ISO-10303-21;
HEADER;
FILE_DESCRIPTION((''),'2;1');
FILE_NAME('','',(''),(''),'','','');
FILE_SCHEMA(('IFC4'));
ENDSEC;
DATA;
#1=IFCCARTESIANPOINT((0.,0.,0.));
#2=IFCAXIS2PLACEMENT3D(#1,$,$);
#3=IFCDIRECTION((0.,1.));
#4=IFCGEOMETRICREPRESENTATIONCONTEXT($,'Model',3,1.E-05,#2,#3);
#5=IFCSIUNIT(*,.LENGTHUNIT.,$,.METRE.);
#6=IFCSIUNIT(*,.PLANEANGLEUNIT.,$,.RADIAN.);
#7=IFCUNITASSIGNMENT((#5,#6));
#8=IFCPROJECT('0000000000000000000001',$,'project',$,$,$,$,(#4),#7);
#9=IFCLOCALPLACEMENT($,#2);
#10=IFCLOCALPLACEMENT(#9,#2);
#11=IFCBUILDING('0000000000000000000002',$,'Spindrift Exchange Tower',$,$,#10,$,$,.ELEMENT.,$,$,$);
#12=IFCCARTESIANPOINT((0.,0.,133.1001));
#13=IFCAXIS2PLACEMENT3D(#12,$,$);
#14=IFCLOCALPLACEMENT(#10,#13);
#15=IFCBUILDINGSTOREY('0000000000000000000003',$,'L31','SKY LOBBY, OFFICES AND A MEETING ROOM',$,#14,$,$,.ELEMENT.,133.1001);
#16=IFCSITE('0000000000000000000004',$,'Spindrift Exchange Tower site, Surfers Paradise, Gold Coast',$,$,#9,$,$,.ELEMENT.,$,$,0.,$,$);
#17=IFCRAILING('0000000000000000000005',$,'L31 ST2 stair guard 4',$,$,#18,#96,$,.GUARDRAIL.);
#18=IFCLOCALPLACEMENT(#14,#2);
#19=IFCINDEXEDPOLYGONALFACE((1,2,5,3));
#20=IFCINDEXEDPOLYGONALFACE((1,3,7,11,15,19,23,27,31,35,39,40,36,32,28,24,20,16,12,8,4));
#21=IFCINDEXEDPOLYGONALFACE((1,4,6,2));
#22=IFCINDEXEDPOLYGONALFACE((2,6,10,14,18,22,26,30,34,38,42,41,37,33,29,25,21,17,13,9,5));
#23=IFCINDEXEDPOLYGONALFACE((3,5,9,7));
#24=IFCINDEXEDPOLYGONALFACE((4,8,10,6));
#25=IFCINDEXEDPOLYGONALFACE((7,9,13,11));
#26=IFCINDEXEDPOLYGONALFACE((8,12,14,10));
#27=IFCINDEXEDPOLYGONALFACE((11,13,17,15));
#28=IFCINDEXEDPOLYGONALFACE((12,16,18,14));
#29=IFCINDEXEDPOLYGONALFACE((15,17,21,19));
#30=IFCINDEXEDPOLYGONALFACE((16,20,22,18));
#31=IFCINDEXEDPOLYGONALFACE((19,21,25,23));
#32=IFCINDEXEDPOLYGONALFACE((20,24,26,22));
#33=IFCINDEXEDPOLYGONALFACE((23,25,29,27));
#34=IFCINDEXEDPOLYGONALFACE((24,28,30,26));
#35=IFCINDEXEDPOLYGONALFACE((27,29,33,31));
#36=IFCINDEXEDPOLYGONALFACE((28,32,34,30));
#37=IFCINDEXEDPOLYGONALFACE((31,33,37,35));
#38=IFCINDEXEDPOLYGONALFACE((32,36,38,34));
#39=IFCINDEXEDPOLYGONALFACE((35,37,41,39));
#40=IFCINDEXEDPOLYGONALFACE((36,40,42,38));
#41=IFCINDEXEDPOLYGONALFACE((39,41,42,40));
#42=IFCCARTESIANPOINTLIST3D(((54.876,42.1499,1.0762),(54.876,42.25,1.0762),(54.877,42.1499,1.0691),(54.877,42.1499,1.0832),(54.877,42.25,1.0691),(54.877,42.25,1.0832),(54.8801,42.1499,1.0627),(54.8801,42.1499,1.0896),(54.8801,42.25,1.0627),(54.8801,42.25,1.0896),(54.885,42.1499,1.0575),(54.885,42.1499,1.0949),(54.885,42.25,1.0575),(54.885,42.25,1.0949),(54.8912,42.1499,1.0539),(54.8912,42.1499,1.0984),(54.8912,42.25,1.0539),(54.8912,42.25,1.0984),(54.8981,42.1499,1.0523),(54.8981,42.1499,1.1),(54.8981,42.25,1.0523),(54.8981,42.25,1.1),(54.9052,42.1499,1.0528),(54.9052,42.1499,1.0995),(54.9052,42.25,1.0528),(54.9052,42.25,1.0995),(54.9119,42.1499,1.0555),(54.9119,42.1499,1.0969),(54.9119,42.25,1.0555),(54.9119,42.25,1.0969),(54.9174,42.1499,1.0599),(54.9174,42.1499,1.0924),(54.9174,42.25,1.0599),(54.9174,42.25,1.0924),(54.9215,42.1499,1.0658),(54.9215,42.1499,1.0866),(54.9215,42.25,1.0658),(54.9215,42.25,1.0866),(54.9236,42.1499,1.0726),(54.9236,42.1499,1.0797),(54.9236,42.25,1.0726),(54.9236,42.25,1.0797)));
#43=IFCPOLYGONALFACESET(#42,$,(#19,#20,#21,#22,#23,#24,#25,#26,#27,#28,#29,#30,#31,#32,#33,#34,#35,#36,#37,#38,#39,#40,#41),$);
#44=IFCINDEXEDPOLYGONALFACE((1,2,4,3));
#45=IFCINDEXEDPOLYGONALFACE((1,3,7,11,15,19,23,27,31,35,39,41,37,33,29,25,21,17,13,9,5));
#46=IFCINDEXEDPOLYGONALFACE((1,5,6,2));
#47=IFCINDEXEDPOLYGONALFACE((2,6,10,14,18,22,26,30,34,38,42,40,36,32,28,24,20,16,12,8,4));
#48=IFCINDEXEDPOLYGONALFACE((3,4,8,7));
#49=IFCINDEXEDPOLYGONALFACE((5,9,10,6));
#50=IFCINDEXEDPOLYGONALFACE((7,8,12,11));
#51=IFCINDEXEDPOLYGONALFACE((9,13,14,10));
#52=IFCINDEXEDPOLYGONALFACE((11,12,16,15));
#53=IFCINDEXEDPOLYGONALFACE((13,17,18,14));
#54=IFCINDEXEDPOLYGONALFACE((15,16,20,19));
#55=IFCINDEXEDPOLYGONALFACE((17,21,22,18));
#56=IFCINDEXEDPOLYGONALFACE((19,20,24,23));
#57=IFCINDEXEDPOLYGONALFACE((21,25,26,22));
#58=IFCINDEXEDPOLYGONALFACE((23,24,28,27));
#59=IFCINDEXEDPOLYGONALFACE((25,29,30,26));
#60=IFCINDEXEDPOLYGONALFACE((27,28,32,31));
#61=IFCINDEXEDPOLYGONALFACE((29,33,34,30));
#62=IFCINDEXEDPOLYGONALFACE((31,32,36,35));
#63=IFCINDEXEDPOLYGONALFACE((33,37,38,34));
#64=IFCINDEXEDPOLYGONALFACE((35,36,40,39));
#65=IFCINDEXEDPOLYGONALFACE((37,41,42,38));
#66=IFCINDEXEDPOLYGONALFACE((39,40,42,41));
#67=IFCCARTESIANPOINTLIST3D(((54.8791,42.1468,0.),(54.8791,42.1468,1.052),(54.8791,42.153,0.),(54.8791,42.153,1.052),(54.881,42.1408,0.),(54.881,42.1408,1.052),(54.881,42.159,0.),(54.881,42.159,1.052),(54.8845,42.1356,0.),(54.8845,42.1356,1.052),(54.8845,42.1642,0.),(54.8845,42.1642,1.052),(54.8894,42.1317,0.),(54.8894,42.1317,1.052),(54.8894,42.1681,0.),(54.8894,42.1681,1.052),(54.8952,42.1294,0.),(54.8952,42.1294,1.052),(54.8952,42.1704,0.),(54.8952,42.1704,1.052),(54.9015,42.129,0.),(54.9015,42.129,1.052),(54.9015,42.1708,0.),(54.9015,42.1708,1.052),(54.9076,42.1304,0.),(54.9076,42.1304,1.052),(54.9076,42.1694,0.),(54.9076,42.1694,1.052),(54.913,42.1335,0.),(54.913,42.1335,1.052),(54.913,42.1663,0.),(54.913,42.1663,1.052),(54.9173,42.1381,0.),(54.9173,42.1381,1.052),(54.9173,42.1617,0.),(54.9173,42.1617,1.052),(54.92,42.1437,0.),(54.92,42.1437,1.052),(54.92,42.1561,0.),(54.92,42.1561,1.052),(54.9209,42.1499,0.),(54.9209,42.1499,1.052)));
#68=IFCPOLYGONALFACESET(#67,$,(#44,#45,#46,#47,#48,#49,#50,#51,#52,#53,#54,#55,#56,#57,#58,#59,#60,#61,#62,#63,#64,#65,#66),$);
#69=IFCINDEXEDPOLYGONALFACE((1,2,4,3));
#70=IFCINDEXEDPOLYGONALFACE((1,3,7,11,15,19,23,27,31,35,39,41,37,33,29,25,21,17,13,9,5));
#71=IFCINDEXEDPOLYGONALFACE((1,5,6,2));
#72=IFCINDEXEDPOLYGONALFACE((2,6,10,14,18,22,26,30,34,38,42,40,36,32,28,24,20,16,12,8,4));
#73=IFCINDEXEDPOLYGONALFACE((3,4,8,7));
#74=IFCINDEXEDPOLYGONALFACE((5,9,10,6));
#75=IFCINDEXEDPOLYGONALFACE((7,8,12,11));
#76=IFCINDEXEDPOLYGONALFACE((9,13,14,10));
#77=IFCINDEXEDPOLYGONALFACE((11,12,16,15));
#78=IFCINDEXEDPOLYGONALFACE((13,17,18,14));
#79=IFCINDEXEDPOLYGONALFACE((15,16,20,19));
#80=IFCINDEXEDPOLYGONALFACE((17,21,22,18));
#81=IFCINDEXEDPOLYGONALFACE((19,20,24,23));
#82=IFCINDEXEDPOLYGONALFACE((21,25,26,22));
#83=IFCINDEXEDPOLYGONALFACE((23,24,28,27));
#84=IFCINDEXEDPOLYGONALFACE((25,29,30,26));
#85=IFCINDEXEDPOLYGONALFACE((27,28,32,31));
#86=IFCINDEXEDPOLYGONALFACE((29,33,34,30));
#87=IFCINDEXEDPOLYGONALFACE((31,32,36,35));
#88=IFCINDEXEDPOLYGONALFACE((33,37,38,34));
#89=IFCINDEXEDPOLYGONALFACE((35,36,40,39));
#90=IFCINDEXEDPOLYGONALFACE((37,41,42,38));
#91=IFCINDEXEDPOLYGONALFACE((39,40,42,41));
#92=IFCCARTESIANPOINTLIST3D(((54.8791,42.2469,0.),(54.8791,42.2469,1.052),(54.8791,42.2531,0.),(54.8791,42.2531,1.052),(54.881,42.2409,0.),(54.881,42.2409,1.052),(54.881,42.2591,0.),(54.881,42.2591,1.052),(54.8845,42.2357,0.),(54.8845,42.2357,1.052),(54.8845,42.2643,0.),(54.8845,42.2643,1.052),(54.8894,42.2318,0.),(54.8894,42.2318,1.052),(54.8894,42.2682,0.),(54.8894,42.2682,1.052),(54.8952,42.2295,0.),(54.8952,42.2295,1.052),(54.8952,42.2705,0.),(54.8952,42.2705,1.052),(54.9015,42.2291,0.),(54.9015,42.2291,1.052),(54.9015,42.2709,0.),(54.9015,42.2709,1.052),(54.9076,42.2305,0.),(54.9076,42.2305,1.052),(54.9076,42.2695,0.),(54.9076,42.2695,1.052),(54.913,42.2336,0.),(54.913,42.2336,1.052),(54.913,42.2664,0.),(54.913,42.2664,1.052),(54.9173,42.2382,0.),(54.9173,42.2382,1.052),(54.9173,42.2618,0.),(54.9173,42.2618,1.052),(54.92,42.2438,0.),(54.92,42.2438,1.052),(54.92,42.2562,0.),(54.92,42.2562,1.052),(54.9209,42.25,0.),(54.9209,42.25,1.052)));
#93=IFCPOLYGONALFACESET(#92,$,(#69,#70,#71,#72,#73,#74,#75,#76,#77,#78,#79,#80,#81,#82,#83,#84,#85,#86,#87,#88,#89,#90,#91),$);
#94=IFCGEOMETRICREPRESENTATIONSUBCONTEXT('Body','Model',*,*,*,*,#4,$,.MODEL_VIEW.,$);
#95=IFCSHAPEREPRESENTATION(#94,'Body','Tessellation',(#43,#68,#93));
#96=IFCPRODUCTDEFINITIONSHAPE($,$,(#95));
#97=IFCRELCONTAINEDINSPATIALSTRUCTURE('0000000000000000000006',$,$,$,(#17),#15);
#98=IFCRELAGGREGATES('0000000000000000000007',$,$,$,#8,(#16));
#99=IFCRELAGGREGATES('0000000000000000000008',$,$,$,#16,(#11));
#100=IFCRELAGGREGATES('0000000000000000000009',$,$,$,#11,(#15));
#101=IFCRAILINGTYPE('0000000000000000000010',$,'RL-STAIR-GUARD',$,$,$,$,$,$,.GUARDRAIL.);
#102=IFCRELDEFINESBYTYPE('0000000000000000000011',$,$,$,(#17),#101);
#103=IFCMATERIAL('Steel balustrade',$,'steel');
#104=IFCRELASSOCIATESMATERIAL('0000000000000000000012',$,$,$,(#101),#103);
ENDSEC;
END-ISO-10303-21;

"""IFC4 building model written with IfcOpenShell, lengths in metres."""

from ifc_helpers import new_model, si_unit, direction, frame, origin, origin_2d, place, context, subcontext, project, spatial, circle, extrude, material, type_object, element, save


model = new_model("IFC4")

# Units and contexts
model_context = context("Model", 3, precision=1e-05, world=origin(), true_north=direction((0.0, 1.0)))
body_context = subcontext(model_context, "Body", "Model", "MODEL_VIEW")
ifc_project = project(units=[si_unit("LENGTHUNIT", "METRE"), si_unit("PLANEANGLEUNIT", "RADIAN")], contexts=[model_context])

# Site, building, storey
site_placement = place(None, origin())
site = spatial("IfcSite", under=ifc_project, at=site_placement, Name="Spindrift Exchange Tower site, Surfers Paradise, Gold Coast", CompositionType="ELEMENT", RefElevation=0.0)
building_placement = place(site_placement, origin())
building = spatial("IfcBuilding", under=site, at=building_placement, Name="Spindrift Exchange Tower", CompositionType="ELEMENT")
storey_placement = place(building_placement, frame((0.0, 0.0, 133.1001)))
storey = spatial("IfcBuildingStorey", under=building, at=storey_placement, Name="L31", Description="SKY LOBBY, OFFICES AND A MEETING ROOM", CompositionType="ELEMENT", Elevation=133.1001)

# Railing
ifc_material_1 = material(Name="Steel balustrade", Category="steel")
railing_type_1 = type_object("IfcRailingType", Name="RL-STAIR-GUARD", PredefinedType="GUARDRAIL", material=ifc_material_1)
railing_1_placement = place(storey_placement, frame((54.8999, 42.1499, 0.0)))
element("IfcRailing", 1, at=railing_1_placement, inside=storey, type_object=railing_type_1, Name="L31 ST2 stair guard 4", PredefinedType="GUARDRAIL", context=body_context, shape_type="SweptSolid", body=[
    extrude(circle(Radius=0.0239, at=origin_2d()), frame((0.0, 0.0, 1.0762), z_axis=(0.0, 1.0, 0.0), x_axis=(-1.0, 0.0, 0.0)), (0.0, 0.0, 1.0), 0.1001),
    extrude(circle(Radius=0.021, at=origin_2d()), origin(), (0.0, 0.0, 1.0), 1.052),
    extrude(circle(Radius=0.021, at=origin_2d()), frame((0.0, 0.1001, 0.0)), (0.0, 0.0, 1.0), 1.052),
])

save(model, "model.ifc")
